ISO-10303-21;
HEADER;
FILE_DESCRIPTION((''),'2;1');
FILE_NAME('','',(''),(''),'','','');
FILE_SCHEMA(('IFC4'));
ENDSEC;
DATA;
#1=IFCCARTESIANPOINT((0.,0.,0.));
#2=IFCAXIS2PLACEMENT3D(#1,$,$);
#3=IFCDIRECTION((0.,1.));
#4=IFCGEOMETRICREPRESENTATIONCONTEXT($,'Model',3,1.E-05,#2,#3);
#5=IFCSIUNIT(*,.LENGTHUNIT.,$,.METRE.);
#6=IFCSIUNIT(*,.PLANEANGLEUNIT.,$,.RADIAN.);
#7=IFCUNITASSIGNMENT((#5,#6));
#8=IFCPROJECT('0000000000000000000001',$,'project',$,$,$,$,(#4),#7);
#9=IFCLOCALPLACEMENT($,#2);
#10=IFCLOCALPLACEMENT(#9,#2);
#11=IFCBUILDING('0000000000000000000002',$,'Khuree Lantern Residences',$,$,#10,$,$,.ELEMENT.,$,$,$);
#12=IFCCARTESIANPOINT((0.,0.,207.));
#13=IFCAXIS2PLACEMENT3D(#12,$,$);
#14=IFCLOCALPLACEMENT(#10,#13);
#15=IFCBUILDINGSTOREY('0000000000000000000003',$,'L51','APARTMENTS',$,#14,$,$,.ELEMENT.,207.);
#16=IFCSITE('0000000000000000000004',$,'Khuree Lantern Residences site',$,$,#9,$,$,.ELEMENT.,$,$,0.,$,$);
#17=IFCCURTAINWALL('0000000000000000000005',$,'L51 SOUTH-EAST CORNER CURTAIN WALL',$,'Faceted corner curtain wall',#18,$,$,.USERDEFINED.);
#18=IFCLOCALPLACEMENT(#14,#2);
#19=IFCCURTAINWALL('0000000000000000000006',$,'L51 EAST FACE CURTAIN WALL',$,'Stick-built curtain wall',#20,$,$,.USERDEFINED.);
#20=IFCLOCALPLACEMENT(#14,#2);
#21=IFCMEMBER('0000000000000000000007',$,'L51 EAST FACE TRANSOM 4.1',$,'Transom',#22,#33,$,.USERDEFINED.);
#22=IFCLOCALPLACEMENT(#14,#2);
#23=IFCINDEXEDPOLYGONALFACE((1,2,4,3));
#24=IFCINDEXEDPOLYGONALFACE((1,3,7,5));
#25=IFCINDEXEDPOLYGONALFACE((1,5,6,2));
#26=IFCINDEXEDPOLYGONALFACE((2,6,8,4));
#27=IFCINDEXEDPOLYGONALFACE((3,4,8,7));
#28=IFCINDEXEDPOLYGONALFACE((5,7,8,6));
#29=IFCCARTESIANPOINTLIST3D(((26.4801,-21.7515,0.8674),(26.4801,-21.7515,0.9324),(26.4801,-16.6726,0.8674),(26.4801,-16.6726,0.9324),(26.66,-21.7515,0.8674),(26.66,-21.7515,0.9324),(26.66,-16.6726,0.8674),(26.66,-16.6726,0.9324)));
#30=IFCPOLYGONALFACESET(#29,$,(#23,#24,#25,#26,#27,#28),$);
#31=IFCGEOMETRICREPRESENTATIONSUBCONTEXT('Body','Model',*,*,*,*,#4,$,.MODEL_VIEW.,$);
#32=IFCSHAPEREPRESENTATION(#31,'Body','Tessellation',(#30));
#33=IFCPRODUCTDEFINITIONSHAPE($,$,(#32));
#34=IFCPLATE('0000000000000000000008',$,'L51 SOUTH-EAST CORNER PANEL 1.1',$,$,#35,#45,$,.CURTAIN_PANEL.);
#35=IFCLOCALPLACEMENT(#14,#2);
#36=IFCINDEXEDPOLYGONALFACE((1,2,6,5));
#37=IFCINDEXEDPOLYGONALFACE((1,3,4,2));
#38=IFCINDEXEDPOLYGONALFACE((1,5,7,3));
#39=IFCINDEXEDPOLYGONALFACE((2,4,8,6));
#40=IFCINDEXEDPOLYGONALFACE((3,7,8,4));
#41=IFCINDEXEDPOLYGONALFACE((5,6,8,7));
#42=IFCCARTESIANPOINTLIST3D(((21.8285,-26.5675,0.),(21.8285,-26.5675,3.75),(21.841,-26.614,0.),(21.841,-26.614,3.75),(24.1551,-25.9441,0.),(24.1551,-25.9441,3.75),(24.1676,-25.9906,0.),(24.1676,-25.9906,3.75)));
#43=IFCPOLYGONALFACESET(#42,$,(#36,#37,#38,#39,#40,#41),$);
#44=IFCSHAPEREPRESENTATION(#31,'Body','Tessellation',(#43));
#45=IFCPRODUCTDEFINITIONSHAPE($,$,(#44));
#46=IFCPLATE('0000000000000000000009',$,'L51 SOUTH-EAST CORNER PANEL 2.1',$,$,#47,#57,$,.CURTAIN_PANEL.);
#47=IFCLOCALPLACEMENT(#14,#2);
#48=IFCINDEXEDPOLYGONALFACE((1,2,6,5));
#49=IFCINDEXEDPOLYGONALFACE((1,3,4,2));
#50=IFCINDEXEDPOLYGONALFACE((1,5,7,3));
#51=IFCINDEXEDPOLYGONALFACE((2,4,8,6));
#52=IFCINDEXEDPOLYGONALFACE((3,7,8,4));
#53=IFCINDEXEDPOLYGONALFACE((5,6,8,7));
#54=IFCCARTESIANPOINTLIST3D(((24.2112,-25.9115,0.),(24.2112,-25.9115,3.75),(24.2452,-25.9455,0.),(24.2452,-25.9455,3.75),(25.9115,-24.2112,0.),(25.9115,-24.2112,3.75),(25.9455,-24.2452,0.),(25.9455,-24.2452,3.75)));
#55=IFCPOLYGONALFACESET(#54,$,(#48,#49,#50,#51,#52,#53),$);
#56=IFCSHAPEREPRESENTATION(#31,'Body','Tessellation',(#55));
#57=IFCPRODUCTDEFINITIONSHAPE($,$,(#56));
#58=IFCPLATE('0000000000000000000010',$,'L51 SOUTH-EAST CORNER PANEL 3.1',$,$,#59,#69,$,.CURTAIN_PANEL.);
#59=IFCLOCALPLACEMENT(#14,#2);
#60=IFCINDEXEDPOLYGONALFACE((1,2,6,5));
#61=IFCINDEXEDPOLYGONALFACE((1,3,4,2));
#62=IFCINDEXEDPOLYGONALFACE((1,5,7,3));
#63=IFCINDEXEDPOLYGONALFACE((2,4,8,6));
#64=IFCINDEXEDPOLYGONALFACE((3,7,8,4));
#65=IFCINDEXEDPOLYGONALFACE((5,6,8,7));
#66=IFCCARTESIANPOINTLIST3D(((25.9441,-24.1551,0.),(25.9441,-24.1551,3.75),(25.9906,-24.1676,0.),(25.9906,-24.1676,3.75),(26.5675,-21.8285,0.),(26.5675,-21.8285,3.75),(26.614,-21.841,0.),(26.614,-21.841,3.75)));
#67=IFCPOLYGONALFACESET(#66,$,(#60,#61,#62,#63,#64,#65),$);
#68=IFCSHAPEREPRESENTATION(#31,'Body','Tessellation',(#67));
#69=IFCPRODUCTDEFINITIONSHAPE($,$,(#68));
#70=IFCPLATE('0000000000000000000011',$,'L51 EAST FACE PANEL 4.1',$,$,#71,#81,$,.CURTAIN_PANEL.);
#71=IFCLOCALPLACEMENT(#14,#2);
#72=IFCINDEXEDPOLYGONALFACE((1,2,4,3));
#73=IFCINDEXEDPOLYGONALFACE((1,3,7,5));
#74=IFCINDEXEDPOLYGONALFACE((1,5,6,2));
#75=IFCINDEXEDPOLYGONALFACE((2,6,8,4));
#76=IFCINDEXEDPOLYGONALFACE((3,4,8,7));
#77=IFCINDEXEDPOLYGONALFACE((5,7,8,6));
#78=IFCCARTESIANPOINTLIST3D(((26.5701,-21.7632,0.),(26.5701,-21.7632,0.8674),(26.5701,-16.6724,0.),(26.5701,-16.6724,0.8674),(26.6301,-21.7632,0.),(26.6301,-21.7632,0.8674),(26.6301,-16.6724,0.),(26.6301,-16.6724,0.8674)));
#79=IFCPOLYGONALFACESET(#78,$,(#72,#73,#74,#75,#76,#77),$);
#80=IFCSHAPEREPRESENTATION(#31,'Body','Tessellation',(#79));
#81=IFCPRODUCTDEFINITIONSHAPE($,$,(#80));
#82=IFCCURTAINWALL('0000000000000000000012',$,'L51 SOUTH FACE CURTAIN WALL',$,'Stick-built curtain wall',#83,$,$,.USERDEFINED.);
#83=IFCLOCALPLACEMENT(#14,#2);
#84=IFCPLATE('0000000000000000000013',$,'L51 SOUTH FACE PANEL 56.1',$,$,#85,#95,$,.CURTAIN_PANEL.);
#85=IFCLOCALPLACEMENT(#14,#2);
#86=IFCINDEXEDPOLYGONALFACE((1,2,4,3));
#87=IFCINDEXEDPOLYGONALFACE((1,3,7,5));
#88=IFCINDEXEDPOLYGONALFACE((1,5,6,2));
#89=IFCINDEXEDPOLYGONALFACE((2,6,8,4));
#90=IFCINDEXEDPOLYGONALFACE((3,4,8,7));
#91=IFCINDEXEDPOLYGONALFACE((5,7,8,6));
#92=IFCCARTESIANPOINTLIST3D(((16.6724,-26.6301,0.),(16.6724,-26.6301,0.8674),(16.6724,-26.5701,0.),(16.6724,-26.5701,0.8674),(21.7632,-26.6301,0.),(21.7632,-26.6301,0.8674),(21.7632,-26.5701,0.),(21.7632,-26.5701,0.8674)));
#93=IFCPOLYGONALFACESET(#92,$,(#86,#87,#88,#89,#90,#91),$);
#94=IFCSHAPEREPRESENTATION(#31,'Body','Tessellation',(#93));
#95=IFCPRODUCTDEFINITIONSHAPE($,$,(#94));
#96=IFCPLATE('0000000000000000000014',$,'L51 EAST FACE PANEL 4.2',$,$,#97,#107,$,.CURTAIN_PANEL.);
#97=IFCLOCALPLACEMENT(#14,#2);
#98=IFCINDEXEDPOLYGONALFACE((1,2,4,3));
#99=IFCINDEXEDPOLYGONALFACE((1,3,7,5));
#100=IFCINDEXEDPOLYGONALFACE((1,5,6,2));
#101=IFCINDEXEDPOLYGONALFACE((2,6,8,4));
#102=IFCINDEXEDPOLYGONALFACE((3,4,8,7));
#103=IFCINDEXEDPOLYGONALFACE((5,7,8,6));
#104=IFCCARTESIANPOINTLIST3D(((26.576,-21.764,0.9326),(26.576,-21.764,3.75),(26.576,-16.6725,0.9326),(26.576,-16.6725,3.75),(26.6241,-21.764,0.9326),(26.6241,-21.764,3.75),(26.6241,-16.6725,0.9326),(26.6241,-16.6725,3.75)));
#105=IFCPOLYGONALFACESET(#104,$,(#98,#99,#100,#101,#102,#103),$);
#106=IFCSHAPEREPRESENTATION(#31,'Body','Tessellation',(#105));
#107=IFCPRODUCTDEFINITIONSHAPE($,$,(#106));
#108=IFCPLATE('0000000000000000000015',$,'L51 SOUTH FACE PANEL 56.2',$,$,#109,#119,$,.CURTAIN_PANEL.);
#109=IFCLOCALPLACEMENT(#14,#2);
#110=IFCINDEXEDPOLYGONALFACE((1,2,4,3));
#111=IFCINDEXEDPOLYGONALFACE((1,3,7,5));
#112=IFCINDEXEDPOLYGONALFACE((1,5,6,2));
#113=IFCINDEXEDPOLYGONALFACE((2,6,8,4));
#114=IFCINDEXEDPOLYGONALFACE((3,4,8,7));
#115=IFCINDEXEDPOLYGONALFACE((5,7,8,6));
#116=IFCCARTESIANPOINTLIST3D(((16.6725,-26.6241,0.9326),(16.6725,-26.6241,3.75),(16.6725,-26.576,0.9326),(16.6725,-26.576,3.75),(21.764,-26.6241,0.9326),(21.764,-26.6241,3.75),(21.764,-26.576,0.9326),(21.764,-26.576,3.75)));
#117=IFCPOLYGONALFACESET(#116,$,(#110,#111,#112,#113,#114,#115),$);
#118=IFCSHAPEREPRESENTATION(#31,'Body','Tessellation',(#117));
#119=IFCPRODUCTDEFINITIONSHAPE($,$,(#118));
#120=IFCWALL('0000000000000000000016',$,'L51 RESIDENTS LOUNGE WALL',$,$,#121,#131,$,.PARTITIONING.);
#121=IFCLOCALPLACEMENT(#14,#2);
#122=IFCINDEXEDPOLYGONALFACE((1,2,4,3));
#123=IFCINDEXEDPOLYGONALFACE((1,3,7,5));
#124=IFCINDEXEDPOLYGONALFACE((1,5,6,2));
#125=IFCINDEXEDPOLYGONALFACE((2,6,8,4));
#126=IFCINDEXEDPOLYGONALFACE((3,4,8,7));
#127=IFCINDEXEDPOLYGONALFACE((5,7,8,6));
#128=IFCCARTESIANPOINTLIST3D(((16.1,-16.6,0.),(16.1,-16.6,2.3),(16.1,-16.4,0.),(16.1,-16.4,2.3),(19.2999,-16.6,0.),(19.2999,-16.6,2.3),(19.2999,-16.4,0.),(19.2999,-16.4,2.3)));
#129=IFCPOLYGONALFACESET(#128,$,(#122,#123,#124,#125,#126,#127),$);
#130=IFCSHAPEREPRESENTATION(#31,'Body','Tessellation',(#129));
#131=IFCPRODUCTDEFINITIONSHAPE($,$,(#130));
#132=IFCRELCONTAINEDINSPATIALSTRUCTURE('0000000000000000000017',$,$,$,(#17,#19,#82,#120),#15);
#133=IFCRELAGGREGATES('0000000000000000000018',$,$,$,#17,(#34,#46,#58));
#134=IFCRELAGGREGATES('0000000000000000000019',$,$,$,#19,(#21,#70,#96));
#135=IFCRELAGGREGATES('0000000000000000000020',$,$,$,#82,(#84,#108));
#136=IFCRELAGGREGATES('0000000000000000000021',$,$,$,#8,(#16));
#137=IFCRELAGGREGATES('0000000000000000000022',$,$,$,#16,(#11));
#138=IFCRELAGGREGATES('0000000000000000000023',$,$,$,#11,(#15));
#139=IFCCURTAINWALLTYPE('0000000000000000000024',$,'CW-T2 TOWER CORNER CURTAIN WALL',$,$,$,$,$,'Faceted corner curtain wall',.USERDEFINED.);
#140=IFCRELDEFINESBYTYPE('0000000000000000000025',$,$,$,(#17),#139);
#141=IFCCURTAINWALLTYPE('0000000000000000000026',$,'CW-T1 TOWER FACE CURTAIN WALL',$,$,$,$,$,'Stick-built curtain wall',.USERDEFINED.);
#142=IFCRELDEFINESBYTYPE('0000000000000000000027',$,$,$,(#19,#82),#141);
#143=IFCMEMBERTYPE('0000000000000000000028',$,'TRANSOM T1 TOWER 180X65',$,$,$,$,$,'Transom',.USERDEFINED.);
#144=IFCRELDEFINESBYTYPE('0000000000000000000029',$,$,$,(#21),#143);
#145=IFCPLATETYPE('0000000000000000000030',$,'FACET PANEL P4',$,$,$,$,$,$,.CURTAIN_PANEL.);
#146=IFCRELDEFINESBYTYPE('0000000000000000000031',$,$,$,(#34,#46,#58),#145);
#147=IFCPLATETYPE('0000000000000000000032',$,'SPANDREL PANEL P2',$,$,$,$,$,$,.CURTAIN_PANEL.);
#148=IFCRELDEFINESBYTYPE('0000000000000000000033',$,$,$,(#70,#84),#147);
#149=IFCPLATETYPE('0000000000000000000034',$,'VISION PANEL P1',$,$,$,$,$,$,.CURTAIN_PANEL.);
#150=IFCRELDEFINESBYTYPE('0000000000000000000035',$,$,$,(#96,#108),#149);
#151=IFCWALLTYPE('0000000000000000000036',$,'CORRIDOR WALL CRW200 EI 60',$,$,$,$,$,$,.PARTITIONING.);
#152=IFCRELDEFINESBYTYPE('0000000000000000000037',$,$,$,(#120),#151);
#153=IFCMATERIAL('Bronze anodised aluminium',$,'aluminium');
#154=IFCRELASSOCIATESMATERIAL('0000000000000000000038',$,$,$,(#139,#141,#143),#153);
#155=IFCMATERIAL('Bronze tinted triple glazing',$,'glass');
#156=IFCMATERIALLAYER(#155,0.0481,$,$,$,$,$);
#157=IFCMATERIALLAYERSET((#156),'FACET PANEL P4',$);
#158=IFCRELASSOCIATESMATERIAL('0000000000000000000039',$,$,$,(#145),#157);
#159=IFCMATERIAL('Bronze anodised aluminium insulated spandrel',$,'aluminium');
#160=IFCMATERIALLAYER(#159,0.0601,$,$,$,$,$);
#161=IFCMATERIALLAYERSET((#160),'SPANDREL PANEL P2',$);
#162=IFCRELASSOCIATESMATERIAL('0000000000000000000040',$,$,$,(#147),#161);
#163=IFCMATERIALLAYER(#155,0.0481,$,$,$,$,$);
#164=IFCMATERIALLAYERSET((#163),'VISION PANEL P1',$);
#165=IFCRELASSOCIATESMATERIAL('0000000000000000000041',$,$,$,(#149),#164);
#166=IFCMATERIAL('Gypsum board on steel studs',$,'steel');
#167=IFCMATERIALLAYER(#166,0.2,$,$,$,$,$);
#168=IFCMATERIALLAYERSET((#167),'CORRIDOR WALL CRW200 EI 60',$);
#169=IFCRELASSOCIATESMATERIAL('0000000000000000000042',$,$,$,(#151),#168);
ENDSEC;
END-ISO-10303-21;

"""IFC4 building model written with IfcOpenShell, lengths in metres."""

from ifc_helpers import new_model, si_unit, direction, frame, frame_2d, origin, origin_2d, place, context, subcontext, project, spatial, rectangle, extrude, material, layer, layer_set, material_profile, profile_set, type_object, element, aggregate, save


model = new_model("IFC4")

# Units and contexts
model_context = context("Model", 3, precision=1e-05, world=origin(), true_north=direction((0.0, 1.0)))
body_context = subcontext(model_context, "Body", "Model", "MODEL_VIEW")
ifc_project = project(units=[si_unit("LENGTHUNIT", "METRE"), si_unit("PLANEANGLEUNIT", "RADIAN")], contexts=[model_context])

# Site, building, storey
site_placement = place(None, origin())
site = spatial("IfcSite", under=ifc_project, at=site_placement, Name="Khuree Lantern Residences site", CompositionType="ELEMENT", RefElevation=0.0)
building_placement = place(site_placement, origin())
building = spatial("IfcBuilding", under=site, at=building_placement, Name="Khuree Lantern Residences", CompositionType="ELEMENT")
storey_placement = place(building_placement, frame((0.0, 0.0, 207.0)))
storey = spatial("IfcBuildingStorey", under=building, at=storey_placement, Name="L51", Description="APARTMENTS", CompositionType="ELEMENT", Elevation=207.0)

# Curtain walls
ifc_material_1 = material(Name="Bronze anodised aluminium", Category="aluminium")
curtain_wall_type_1 = type_object("IfcCurtainWallType", Name="CW-T2 TOWER CORNER CURTAIN WALL", ElementType="Faceted corner curtain wall", PredefinedType="USERDEFINED", material=ifc_material_1)
curtain_wall_1_placement = place(storey_placement, origin())
curtain_wall_1 = element("IfcCurtainWall", 1, at=curtain_wall_1_placement, inside=storey, type_object=curtain_wall_type_1, Name="L51 SOUTH-EAST CORNER CURTAIN WALL", ObjectType="Faceted corner curtain wall", PredefinedType="USERDEFINED")
curtain_wall_type_2 = type_object("IfcCurtainWallType", Name="CW-T1 TOWER FACE CURTAIN WALL", ElementType="Stick-built curtain wall", PredefinedType="USERDEFINED", material=ifc_material_1)
curtain_wall_2_placement = place(storey_placement, origin())
curtain_wall_2 = element("IfcCurtainWall", 2, at=curtain_wall_2_placement, inside=storey, type_object=curtain_wall_type_2, Name="L51 EAST FACE CURTAIN WALL", ObjectType="Stick-built curtain wall", PredefinedType="USERDEFINED")

# Member
ifc_material_profile_1 = material_profile(ifc_material_1, rectangle(XDim=0.1799, YDim=0.0649, at=origin_2d()), Name="T1 180X65")
ifc_profile_set_1 = profile_set([ifc_material_profile_1], Name="Bronze anodised aluminium")
member_type_1 = type_object("IfcMemberType", Name="TRANSOM T1 TOWER 180X65", ElementType="Transom", PredefinedType="USERDEFINED", material=ifc_profile_set_1)
member_1_placement = place(storey_placement, frame((26.5701, -21.7515, 0.8999), z_axis=(0.0, 1.0, 0.0), x_axis=(-1.0, 0.0, 0.0)))
member_1 = element("IfcMember", 3, at=member_1_placement, type_object=member_type_1, Name="L51 EAST FACE TRANSOM 4.1", ObjectType="Transom", PredefinedType="USERDEFINED", context=body_context, shape_type="SweptSolid", body=[
    extrude(rectangle(XDim=0.1799, YDim=0.0649, at=origin_2d()), origin(), (0.0, 0.0, 1.0), 5.0789),
])

# Plates
ifc_material_2 = material(Name="Bronze tinted triple glazing", Category="glass")
ifc_layer_1 = layer(ifc_material_2, 0.0481)
ifc_layer_set_1 = layer_set([ifc_layer_1], Name="FACET PANEL P4")
plate_type_1 = type_object("IfcPlateType", Name="FACET PANEL P4", PredefinedType="CURTAIN_PANEL", material=ifc_layer_set_1)
plate_1_placement = place(storey_placement, frame((22.998, -26.2791, 0.0), z_axis=(0.0, 0.0, 1.0), x_axis=(0.965926, 0.258819, 0.0)))
plate_1 = element("IfcPlate", 4, at=plate_1_placement, type_object=plate_type_1, Name="L51 SOUTH-EAST CORNER PANEL 1.1", PredefinedType="CURTAIN_PANEL", context=body_context, shape_type="SweptSolid", body=[
    extrude(rectangle(XDim=2.4087, YDim=0.0481, at=origin_2d()), origin(), (0.0, 0.0, 1.0), 3.75),
])
plate_2_placement = place(storey_placement, frame((25.0784, -25.0784, 0.0), z_axis=(0.0, 0.0, 1.0), x_axis=(0.707107, 0.707107, 0.0)))
plate_2 = element("IfcPlate", 5, at=plate_2_placement, type_object=plate_type_1, Name="L51 SOUTH-EAST CORNER PANEL 2.1", PredefinedType="CURTAIN_PANEL", context=body_context, shape_type="SweptSolid", body=[
    extrude(rectangle(XDim=2.4045, YDim=0.0481, at=origin_2d()), origin(), (0.0, 0.0, 1.0), 3.75),
])
plate_3_placement = place(storey_placement, frame((26.2791, -22.998, 0.0), z_axis=(0.0, 0.0, 1.0), x_axis=(0.258819, 0.965926, 0.0)))
plate_3 = element("IfcPlate", 6, at=plate_3_placement, type_object=plate_type_1, Name="L51 SOUTH-EAST CORNER PANEL 3.1", PredefinedType="CURTAIN_PANEL", context=body_context, shape_type="SweptSolid", body=[
    extrude(rectangle(XDim=2.4087, YDim=0.0481, at=origin_2d()), origin(), (0.0, 0.0, 1.0), 3.75),
])
aggregate(curtain_wall_1, [plate_1, plate_2, plate_3])
ifc_material_3 = material(Name="Bronze anodised aluminium insulated spandrel", Category="aluminium")
ifc_layer_2 = layer(ifc_material_3, 0.0601)
ifc_layer_set_2 = layer_set([ifc_layer_2], Name="SPANDREL PANEL P2")
plate_type_2 = type_object("IfcPlateType", Name="SPANDREL PANEL P2", PredefinedType="CURTAIN_PANEL", material=ifc_layer_set_2)
plate_4_placement = place(storey_placement, frame((26.6001, -19.2178, 0.0), z_axis=(0.0, 0.0, 1.0), x_axis=(0.0, 1.0, 0.0)))
plate_4 = element("IfcPlate", 7, at=plate_4_placement, type_object=plate_type_2, Name="L51 EAST FACE PANEL 4.1", PredefinedType="CURTAIN_PANEL", context=body_context, shape_type="SweptSolid", body=[
    extrude(rectangle(XDim=5.0908, YDim=0.0601, at=origin_2d()), origin(), (0.0, 0.0, 1.0), 0.8674),
])

# Curtain wall, plate
curtain_wall_3_placement = place(storey_placement, origin())
curtain_wall_3 = element("IfcCurtainWall", 8, at=curtain_wall_3_placement, inside=storey, type_object=curtain_wall_type_2, Name="L51 SOUTH FACE CURTAIN WALL", ObjectType="Stick-built curtain wall", PredefinedType="USERDEFINED")
plate_5_placement = place(storey_placement, frame((19.2178, -26.6001, 0.0), z_axis=(0.0, 0.0, 1.0), x_axis=(1.0, 0.0, 0.0)))
plate_5 = element("IfcPlate", 9, at=plate_5_placement, type_object=plate_type_2, Name="L51 SOUTH FACE PANEL 56.1", PredefinedType="CURTAIN_PANEL", context=body_context, shape_type="SweptSolid", body=[
    extrude(rectangle(XDim=5.0908, YDim=0.0601, at=origin_2d()), origin(), (0.0, 0.0, 1.0), 0.8674),
])

# Plates
ifc_layer_3 = layer(ifc_material_2, 0.0481)
ifc_layer_set_3 = layer_set([ifc_layer_3], Name="VISION PANEL P1")
plate_type_3 = type_object("IfcPlateType", Name="VISION PANEL P1", PredefinedType="CURTAIN_PANEL", material=ifc_layer_set_3)
plate_6_placement = place(storey_placement, frame((26.6001, -19.2183, 0.9326), z_axis=(0.0, 0.0, 1.0), x_axis=(0.0, 1.0, 0.0)))
plate_6 = element("IfcPlate", 10, at=plate_6_placement, type_object=plate_type_3, Name="L51 EAST FACE PANEL 4.2", PredefinedType="CURTAIN_PANEL", context=body_context, shape_type="SweptSolid", body=[
    extrude(rectangle(XDim=5.0916, YDim=0.0481, at=origin_2d()), origin(), (0.0, 0.0, 1.0), 2.8174),
])
aggregate(curtain_wall_2, [member_1, plate_4, plate_6])
plate_7_placement = place(storey_placement, frame((19.2183, -26.6001, 0.9326), z_axis=(0.0, 0.0, 1.0), x_axis=(1.0, 0.0, 0.0)))
plate_7 = element("IfcPlate", 11, at=plate_7_placement, type_object=plate_type_3, Name="L51 SOUTH FACE PANEL 56.2", PredefinedType="CURTAIN_PANEL", context=body_context, shape_type="SweptSolid", body=[
    extrude(rectangle(XDim=5.0916, YDim=0.0481, at=origin_2d()), origin(), (0.0, 0.0, 1.0), 2.8174),
])
aggregate(curtain_wall_3, [plate_5, plate_7])

# Wall
ifc_material_4 = material(Name="Gypsum board on steel studs", Category="steel")
ifc_layer_4 = layer(ifc_material_4, 0.2)
ifc_layer_set_4 = layer_set([ifc_layer_4], Name="CORRIDOR WALL CRW200 EI 60")
wall_type = type_object("IfcWallType", Name="CORRIDOR WALL CRW200 EI 60", PredefinedType="PARTITIONING", material=ifc_layer_set_4)
wall_placement = place(storey_placement, frame((19.3, -16.5, 0.0), z_axis=(0.0, 0.0, 1.0), x_axis=(-1.0, 0.0, 0.0)))
element("IfcWall", 12, at=wall_placement, inside=storey, type_object=wall_type, Name="L51 RESIDENTS LOUNGE WALL", PredefinedType="PARTITIONING", context=body_context, shape_type="SweptSolid", body=[
    extrude(rectangle(XDim=3.2, YDim=0.2, at=frame_2d((1.6001, 0.0))), origin(), (0.0, 0.0, 1.0), 2.3),
])

save(model, "model.ifc")
